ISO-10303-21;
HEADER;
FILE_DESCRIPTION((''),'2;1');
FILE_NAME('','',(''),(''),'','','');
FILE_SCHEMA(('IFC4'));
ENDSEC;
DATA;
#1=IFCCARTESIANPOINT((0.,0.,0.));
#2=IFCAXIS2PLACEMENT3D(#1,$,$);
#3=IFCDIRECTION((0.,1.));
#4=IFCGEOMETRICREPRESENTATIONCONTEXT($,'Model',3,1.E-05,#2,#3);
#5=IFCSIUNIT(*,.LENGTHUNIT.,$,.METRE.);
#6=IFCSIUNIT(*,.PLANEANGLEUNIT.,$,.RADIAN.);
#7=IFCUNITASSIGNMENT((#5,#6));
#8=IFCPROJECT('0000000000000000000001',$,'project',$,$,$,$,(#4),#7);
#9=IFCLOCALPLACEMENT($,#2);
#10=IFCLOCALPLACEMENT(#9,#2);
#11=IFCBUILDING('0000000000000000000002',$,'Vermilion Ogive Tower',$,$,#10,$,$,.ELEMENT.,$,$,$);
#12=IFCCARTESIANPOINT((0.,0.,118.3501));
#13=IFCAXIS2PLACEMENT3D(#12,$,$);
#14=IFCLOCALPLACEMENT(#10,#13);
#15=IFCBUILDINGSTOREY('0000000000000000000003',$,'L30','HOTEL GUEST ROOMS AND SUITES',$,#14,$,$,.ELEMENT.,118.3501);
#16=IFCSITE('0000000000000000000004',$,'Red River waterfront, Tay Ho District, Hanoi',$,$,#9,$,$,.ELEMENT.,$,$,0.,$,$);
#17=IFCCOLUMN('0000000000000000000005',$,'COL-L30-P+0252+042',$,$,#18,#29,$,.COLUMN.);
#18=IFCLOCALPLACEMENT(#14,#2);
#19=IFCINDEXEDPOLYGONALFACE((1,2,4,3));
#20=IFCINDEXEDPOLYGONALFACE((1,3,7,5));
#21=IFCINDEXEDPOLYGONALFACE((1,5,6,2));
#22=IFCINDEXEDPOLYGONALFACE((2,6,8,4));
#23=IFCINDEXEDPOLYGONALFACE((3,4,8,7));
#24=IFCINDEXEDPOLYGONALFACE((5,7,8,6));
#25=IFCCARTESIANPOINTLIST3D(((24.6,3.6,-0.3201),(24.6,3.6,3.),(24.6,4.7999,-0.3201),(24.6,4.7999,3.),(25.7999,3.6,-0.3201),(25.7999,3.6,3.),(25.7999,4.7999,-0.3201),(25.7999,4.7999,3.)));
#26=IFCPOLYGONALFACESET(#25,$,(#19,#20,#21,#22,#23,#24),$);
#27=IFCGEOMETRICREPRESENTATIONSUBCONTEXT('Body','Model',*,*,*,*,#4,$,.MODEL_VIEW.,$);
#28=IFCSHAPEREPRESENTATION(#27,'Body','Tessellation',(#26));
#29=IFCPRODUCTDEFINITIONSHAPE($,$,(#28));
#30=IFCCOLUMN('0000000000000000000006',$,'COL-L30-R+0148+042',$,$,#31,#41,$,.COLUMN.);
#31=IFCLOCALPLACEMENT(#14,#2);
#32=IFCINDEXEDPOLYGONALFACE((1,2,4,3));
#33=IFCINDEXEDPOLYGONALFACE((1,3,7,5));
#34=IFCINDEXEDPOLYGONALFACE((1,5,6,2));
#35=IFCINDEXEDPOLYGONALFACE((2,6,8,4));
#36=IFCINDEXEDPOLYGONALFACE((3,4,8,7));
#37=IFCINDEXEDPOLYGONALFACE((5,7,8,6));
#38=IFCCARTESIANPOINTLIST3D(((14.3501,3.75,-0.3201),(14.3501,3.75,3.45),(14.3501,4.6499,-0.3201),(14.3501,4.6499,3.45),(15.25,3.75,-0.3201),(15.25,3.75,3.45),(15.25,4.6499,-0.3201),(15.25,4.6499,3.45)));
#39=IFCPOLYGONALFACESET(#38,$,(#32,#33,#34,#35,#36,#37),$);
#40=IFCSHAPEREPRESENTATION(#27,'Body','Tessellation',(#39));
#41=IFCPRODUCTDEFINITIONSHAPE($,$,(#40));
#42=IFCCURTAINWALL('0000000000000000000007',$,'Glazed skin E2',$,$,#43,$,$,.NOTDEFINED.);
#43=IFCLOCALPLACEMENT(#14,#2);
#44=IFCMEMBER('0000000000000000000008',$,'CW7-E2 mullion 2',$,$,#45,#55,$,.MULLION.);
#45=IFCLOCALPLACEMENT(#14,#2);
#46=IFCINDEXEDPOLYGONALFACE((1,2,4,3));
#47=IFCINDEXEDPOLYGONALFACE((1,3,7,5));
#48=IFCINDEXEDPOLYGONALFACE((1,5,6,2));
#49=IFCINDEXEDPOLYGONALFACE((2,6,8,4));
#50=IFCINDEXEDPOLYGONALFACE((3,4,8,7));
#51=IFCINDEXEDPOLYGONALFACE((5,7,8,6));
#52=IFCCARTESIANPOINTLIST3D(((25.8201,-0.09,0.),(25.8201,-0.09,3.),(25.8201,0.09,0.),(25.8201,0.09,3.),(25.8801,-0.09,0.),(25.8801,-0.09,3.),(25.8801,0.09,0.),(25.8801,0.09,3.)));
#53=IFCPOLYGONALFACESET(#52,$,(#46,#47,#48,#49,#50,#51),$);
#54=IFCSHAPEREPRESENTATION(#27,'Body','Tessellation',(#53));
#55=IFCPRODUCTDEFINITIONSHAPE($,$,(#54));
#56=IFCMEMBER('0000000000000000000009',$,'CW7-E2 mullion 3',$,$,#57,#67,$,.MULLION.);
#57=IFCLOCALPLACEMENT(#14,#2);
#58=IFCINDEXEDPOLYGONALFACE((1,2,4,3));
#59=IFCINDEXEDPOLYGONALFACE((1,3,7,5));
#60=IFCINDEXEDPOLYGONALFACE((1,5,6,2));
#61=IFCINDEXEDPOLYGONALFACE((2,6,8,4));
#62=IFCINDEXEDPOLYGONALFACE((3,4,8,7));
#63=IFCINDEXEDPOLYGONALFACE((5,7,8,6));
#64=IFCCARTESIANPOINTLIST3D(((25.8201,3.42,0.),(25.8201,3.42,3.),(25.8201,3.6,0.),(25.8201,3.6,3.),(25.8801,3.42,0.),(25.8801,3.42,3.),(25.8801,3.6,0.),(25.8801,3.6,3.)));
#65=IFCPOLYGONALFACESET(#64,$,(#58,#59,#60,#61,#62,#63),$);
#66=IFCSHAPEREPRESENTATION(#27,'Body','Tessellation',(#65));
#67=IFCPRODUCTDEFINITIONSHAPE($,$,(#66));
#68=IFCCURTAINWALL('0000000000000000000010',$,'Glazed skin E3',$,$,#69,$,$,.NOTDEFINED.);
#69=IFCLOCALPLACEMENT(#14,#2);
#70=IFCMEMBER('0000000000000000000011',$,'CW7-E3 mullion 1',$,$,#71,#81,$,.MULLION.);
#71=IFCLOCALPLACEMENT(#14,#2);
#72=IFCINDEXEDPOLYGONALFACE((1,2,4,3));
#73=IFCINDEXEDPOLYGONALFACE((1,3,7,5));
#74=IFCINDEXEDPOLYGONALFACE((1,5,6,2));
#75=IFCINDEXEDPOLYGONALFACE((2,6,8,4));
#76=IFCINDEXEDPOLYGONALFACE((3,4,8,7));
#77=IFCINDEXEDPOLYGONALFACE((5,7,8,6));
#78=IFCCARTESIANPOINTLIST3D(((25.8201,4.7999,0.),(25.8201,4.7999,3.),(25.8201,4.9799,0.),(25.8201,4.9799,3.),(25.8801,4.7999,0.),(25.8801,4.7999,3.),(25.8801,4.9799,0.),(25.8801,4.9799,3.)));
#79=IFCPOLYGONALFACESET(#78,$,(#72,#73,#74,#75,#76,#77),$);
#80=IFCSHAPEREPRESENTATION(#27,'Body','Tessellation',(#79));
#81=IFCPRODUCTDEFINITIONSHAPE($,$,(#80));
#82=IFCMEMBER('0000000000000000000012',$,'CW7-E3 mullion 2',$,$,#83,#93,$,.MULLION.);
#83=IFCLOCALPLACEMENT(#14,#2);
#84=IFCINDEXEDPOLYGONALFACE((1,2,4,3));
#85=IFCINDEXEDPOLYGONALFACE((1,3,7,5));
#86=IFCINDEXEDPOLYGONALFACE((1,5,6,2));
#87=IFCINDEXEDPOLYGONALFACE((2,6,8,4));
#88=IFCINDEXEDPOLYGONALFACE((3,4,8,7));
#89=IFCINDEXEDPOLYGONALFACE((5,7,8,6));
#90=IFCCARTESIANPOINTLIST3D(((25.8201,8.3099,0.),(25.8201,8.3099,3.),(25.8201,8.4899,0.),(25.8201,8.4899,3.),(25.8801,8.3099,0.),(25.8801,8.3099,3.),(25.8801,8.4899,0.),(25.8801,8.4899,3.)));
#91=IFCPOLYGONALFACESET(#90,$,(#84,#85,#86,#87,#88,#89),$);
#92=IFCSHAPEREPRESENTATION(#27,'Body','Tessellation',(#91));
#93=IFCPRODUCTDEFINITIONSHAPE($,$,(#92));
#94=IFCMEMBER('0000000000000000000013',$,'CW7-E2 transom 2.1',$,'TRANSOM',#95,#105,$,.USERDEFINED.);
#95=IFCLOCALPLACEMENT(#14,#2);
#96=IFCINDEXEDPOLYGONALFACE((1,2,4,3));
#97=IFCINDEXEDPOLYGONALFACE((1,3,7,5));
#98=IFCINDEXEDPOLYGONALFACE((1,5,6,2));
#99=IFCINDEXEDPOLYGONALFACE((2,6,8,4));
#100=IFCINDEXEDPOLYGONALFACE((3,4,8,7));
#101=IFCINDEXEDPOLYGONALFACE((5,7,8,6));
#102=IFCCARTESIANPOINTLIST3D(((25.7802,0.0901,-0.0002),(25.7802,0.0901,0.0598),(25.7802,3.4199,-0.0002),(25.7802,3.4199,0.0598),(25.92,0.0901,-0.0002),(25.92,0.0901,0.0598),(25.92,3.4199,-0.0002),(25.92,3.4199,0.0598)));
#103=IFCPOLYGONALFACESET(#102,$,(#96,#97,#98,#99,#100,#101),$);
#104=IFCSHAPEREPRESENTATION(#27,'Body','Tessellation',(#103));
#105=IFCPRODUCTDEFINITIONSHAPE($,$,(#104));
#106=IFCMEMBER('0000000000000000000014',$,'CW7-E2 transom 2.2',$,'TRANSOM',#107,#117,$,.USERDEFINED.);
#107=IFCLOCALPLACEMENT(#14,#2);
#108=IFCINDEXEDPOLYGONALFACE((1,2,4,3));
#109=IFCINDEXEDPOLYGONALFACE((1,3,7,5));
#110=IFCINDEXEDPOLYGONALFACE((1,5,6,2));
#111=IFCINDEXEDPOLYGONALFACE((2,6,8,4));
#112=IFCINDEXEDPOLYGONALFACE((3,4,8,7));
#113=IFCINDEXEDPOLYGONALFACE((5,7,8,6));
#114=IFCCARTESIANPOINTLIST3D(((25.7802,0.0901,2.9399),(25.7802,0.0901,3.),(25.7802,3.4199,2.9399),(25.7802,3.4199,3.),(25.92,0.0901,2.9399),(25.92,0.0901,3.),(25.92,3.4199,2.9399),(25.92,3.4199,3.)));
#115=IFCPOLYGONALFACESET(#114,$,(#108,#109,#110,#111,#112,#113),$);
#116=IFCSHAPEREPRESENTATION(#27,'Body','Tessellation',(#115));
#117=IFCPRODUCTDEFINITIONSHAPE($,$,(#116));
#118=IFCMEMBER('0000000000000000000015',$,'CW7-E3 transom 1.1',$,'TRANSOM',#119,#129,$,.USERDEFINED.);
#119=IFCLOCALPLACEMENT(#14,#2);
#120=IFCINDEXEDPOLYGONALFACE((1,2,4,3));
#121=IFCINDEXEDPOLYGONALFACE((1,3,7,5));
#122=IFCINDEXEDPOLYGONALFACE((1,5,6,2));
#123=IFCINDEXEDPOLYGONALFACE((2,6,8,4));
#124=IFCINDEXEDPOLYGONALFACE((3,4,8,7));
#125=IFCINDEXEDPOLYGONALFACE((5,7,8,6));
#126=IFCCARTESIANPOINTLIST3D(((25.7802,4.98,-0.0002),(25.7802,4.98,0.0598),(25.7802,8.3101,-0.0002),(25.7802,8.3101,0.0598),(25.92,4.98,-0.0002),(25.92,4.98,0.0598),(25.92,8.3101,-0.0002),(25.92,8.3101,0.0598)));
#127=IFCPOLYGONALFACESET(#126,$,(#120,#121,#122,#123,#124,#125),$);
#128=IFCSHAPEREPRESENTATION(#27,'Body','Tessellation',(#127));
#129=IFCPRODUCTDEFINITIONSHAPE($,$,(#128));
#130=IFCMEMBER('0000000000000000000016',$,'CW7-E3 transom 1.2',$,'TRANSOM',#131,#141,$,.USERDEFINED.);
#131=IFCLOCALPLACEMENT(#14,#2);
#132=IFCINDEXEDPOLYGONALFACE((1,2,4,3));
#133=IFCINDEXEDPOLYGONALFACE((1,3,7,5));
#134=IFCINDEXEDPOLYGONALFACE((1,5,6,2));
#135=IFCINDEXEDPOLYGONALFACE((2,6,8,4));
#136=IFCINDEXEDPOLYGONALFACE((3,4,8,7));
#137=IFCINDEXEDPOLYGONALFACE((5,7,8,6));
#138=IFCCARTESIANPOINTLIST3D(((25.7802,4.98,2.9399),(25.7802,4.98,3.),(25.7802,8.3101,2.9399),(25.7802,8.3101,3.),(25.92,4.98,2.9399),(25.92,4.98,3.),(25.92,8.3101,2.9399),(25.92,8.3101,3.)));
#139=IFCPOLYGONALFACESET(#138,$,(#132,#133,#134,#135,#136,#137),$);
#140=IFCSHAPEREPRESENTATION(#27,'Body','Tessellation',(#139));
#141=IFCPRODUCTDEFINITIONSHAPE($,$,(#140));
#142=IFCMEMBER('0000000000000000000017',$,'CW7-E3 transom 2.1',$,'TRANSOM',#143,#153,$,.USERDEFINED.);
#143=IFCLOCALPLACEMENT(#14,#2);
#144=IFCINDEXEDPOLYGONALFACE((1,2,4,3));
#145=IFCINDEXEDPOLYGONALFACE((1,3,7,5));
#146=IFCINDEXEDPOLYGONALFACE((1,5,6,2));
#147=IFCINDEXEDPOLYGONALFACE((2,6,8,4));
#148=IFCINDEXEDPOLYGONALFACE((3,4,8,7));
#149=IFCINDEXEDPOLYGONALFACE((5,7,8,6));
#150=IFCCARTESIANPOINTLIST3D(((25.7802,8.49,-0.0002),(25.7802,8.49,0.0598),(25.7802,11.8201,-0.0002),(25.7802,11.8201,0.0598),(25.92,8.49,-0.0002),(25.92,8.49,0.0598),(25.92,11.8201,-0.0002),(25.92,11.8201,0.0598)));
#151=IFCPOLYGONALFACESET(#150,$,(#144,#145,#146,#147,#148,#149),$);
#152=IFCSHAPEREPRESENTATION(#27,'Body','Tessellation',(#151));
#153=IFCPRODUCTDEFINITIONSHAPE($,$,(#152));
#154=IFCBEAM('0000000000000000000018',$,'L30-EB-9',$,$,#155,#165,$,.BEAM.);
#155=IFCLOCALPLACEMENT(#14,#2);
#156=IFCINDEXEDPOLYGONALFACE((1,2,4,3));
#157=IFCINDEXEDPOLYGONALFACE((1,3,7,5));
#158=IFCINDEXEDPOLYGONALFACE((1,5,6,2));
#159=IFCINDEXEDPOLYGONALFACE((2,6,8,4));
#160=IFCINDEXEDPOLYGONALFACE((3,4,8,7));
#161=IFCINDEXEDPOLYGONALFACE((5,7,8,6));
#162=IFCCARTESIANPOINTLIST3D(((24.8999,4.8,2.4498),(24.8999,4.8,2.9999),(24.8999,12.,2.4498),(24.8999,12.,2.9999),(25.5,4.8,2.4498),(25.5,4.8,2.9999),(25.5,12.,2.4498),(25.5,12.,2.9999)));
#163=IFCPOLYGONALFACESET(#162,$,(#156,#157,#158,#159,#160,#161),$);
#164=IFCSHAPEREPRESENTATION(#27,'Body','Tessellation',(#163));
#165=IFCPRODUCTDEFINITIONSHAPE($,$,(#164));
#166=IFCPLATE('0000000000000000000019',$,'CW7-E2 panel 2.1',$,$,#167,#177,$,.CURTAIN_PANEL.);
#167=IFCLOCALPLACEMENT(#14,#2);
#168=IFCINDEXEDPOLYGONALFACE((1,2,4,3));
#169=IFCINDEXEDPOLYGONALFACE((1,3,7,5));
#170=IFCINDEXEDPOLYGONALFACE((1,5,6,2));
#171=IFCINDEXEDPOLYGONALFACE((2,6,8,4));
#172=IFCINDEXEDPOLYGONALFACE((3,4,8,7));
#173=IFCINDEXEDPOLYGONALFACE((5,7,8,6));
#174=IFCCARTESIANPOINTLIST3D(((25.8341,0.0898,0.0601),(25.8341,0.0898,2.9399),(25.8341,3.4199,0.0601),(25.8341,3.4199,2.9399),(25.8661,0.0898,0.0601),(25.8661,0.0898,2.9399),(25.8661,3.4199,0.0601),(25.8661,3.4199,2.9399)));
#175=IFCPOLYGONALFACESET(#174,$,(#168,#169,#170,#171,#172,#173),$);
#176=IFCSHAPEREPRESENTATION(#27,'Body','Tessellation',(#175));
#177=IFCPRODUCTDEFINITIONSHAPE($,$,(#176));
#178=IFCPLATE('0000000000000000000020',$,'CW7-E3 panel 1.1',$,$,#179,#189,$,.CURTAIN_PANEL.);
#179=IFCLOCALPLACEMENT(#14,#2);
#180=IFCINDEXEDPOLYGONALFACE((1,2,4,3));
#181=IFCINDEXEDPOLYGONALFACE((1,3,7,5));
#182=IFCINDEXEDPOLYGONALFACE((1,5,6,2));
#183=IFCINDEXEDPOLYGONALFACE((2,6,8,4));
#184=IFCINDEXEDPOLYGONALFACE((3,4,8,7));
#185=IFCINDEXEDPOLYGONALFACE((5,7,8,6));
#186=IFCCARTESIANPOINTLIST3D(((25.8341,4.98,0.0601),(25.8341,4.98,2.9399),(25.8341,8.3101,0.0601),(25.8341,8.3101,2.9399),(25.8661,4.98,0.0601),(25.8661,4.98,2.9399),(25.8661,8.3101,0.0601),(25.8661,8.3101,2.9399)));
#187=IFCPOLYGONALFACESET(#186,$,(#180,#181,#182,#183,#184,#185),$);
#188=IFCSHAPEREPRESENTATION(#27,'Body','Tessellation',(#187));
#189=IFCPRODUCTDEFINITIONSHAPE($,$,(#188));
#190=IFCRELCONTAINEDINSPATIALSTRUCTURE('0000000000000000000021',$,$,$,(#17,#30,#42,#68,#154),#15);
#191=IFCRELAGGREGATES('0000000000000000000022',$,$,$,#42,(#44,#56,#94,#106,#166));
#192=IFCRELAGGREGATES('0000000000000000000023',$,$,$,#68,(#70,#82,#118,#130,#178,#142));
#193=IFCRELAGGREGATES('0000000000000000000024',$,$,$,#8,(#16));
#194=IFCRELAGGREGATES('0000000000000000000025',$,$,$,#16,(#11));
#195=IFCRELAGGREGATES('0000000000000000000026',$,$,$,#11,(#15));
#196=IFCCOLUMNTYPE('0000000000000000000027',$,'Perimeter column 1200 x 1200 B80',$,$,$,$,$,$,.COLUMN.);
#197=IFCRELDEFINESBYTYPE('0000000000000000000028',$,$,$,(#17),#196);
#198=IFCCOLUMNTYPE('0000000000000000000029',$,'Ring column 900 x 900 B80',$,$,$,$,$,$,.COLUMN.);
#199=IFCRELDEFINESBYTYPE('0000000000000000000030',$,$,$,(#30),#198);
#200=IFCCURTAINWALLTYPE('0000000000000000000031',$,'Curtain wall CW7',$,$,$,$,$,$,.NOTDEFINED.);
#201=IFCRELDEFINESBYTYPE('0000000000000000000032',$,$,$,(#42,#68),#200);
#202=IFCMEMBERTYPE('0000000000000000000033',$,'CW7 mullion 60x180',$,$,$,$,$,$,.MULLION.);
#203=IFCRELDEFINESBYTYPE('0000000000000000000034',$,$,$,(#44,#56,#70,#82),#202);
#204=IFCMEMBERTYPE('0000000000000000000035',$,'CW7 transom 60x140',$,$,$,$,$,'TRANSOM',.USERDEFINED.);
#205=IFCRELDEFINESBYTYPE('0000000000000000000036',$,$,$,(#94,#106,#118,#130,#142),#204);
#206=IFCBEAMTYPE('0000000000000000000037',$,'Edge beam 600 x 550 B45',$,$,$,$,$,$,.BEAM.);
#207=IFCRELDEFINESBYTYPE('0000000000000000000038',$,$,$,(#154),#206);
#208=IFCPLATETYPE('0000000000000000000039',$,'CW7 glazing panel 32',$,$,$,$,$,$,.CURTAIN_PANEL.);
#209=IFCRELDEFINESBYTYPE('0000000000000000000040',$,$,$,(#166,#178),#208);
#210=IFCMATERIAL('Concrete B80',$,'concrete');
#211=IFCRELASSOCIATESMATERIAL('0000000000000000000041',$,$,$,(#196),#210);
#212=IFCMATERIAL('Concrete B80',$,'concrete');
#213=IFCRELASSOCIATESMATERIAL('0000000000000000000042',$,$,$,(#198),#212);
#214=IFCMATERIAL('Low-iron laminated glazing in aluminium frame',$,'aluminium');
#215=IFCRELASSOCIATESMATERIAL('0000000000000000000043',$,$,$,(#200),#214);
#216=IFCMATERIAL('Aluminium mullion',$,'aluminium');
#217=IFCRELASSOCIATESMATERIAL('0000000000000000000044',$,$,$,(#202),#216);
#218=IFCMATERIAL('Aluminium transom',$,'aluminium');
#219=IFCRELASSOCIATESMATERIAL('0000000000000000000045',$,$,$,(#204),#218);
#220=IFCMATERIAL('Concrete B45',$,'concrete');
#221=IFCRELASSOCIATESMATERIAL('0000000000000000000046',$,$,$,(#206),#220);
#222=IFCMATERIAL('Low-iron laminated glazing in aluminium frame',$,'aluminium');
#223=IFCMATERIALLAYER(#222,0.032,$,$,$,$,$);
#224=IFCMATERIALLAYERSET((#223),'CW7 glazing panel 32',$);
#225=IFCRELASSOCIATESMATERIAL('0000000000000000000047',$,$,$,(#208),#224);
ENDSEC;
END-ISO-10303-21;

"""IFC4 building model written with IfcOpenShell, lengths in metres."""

from ifc_helpers import new_model, si_unit, direction, frame, origin, origin_2d, place, context, subcontext, project, spatial, rectangle, extrude, material, layer, layer_set, material_profile, profile_set, type_object, element, aggregate, save


model = new_model("IFC4")

# Units and contexts
model_context = context("Model", 3, precision=1e-05, world=origin(), true_north=direction((0.0, 1.0)))
body_context = subcontext(model_context, "Body", "Model", "MODEL_VIEW")
ifc_project = project(units=[si_unit("LENGTHUNIT", "METRE"), si_unit("PLANEANGLEUNIT", "RADIAN")], contexts=[model_context])

# Site, building, storey
site_placement = place(None, origin())
site = spatial("IfcSite", under=ifc_project, at=site_placement, Name="Red River waterfront, Tay Ho District, Hanoi", CompositionType="ELEMENT", RefElevation=0.0)
building_placement = place(site_placement, origin())
building = spatial("IfcBuilding", under=site, at=building_placement, Name="Vermilion Ogive Tower", CompositionType="ELEMENT")
storey_placement = place(building_placement, frame((0.0, 0.0, 118.3501)))
storey = spatial("IfcBuildingStorey", under=building, at=storey_placement, Name="L30", Description="HOTEL GUEST ROOMS AND SUITES", CompositionType="ELEMENT", Elevation=118.3501)

# Columns
ifc_material_1 = material(Name="Concrete B80", Category="concrete")
ifc_material_profile_1 = material_profile(ifc_material_1, rectangle(XDim=1.2, YDim=1.2, at=origin_2d()), Name="1200 x 1200")
ifc_profile_set_1 = profile_set([ifc_material_profile_1], Name="Concrete B80")
column_type_1 = type_object("IfcColumnType", Name="Perimeter column 1200 x 1200 B80", PredefinedType="COLUMN", material=ifc_profile_set_1)
column_1_placement = place(storey_placement, frame((25.2, 4.2, -0.3201), z_axis=(0.0, 0.0, 1.0), x_axis=(1.0, 0.0, 0.0)))
element("IfcColumn", 1, at=column_1_placement, inside=storey, type_object=column_type_1, Name="COL-L30-P+0252+042", PredefinedType="COLUMN", context=body_context, shape_type="SweptSolid", body=[
    extrude(rectangle(XDim=1.2, YDim=1.2, at=origin_2d()), origin(), (0.0, 0.0, 1.0), 3.3201),
])
ifc_material_2 = material(Name="Concrete B80", Category="concrete")
ifc_material_profile_2 = material_profile(ifc_material_2, rectangle(XDim=0.8999, YDim=0.8999, at=origin_2d()), Name="900 x 900")
ifc_profile_set_2 = profile_set([ifc_material_profile_2], Name="Concrete B80")
column_type_2 = type_object("IfcColumnType", Name="Ring column 900 x 900 B80", PredefinedType="COLUMN", material=ifc_profile_set_2)
column_2_placement = place(storey_placement, frame((14.8, 4.2, -0.3201), z_axis=(0.0, 0.0, 1.0), x_axis=(1.0, 0.0, 0.0)))
element("IfcColumn", 2, at=column_2_placement, inside=storey, type_object=column_type_2, Name="COL-L30-R+0148+042", PredefinedType="COLUMN", context=body_context, shape_type="SweptSolid", body=[
    extrude(rectangle(XDim=0.8999, YDim=0.8999, at=origin_2d()), origin(), (0.0, 0.0, 1.0), 3.77),
])

# Curtain walls, members
ifc_material_3 = material(Name="Low-iron laminated glazing in aluminium frame", Category="aluminium")
curtain_wall_type = type_object("IfcCurtainWallType", Name="Curtain wall CW7", PredefinedType="NOTDEFINED", material=ifc_material_3)
curtain_wall_1_placement = place(storey_placement, origin())
curtain_wall_1 = element("IfcCurtainWall", 3, at=curtain_wall_1_placement, inside=storey, type_object=curtain_wall_type, Name="Glazed skin E2", PredefinedType="NOTDEFINED")
ifc_material_4 = material(Name="Aluminium mullion", Category="aluminium")
ifc_material_profile_3 = material_profile(ifc_material_4, rectangle(XDim=0.0601, YDim=0.1799, at=origin_2d()), Name="AL 60x180")
ifc_profile_set_3 = profile_set([ifc_material_profile_3], Name="Aluminium mullion")
member_type_1 = type_object("IfcMemberType", Name="CW7 mullion 60x180", PredefinedType="MULLION", material=ifc_profile_set_3)
member_1_placement = place(storey_placement, frame((25.8501, 0.0, 0.0), z_axis=(0.0, 0.0, 1.0), x_axis=(-1.0, 0.0, 0.0)))
member_1 = element("IfcMember", 4, at=member_1_placement, type_object=member_type_1, Name="CW7-E2 mullion 2", PredefinedType="MULLION", context=body_context, shape_type="SweptSolid", body=[
    extrude(rectangle(XDim=0.0601, YDim=0.1799, at=origin_2d()), origin(), (0.0, 0.0, 1.0), 3.0),
])
member_2_placement = place(storey_placement, frame((25.8501, 3.51, 0.0), z_axis=(0.0, 0.0, 1.0), x_axis=(-1.0, 0.0, 0.0)))
member_2 = element("IfcMember", 5, at=member_2_placement, type_object=member_type_1, Name="CW7-E2 mullion 3", PredefinedType="MULLION", context=body_context, shape_type="SweptSolid", body=[
    extrude(rectangle(XDim=0.0601, YDim=0.1799, at=origin_2d()), origin(), (0.0, 0.0, 1.0), 3.0),
])
curtain_wall_2_placement = place(storey_placement, origin())
curtain_wall_2 = element("IfcCurtainWall", 6, at=curtain_wall_2_placement, inside=storey, type_object=curtain_wall_type, Name="Glazed skin E3", PredefinedType="NOTDEFINED")
member_3_placement = place(storey_placement, frame((25.8501, 4.8899, 0.0), z_axis=(0.0, 0.0, 1.0), x_axis=(-1.0, 0.0, 0.0)))
member_3 = element("IfcMember", 7, at=member_3_placement, type_object=member_type_1, Name="CW7-E3 mullion 1", PredefinedType="MULLION", context=body_context, shape_type="SweptSolid", body=[
    extrude(rectangle(XDim=0.0601, YDim=0.1799, at=origin_2d()), origin(), (0.0, 0.0, 1.0), 3.0),
])
member_4_placement = place(storey_placement, frame((25.8501, 8.3999, 0.0), z_axis=(0.0, 0.0, 1.0), x_axis=(-1.0, 0.0, 0.0)))
member_4 = element("IfcMember", 8, at=member_4_placement, type_object=member_type_1, Name="CW7-E3 mullion 2", PredefinedType="MULLION", context=body_context, shape_type="SweptSolid", body=[
    extrude(rectangle(XDim=0.0601, YDim=0.1799, at=origin_2d()), origin(), (0.0, 0.0, 1.0), 3.0),
])

# Members
ifc_material_5 = material(Name="Aluminium transom", Category="aluminium")
ifc_material_profile_4 = material_profile(ifc_material_5, rectangle(XDim=0.1399, YDim=0.0601, at=origin_2d()), Name="AL 60x140")
ifc_profile_set_4 = profile_set([ifc_material_profile_4], Name="Aluminium transom")
member_type_2 = type_object("IfcMemberType", Name="CW7 transom 60x140", ElementType="TRANSOM", PredefinedType="USERDEFINED", material=ifc_profile_set_4)
member_5_placement = place(storey_placement, frame((25.8501, 0.0901, 0.0298), z_axis=(0.0, 1.0, 0.0), x_axis=(-1.0, 0.0, 0.0)))
member_5 = element("IfcMember", 9, at=member_5_placement, type_object=member_type_2, Name="CW7-E2 transom 2.1", ObjectType="TRANSOM", PredefinedType="USERDEFINED", context=body_context, shape_type="SweptSolid", body=[
    extrude(rectangle(XDim=0.1399, YDim=0.0601, at=origin_2d()), origin(), (0.0, 0.0, 1.0), 3.3298),
])
member_6_placement = place(storey_placement, frame((25.8501, 0.0901, 2.97), z_axis=(0.0, 1.0, 0.0), x_axis=(-1.0, 0.0, 0.0)))
member_6 = element("IfcMember", 10, at=member_6_placement, type_object=member_type_2, Name="CW7-E2 transom 2.2", ObjectType="TRANSOM", PredefinedType="USERDEFINED", context=body_context, shape_type="SweptSolid", body=[
    extrude(rectangle(XDim=0.1399, YDim=0.0601, at=origin_2d()), origin(), (0.0, 0.0, 1.0), 3.3298),
])
member_7_placement = place(storey_placement, frame((25.8501, 4.98, 0.0298), z_axis=(0.0, 1.0, 0.0), x_axis=(-1.0, 0.0, 0.0)))
member_7 = element("IfcMember", 11, at=member_7_placement, type_object=member_type_2, Name="CW7-E3 transom 1.1", ObjectType="TRANSOM", PredefinedType="USERDEFINED", context=body_context, shape_type="SweptSolid", body=[
    extrude(rectangle(XDim=0.1399, YDim=0.0601, at=origin_2d()), origin(), (0.0, 0.0, 1.0), 3.3301),
])
member_8_placement = place(storey_placement, frame((25.8501, 4.98, 2.97), z_axis=(0.0, 1.0, 0.0), x_axis=(-1.0, 0.0, 0.0)))
member_8 = element("IfcMember", 12, at=member_8_placement, type_object=member_type_2, Name="CW7-E3 transom 1.2", ObjectType="TRANSOM", PredefinedType="USERDEFINED", context=body_context, shape_type="SweptSolid", body=[
    extrude(rectangle(XDim=0.1399, YDim=0.0601, at=origin_2d()), origin(), (0.0, 0.0, 1.0), 3.3301),
])
member_9_placement = place(storey_placement, frame((25.8501, 8.49, 0.0298), z_axis=(0.0, 1.0, 0.0), x_axis=(-1.0, 0.0, 0.0)))
member_9 = element("IfcMember", 13, at=member_9_placement, type_object=member_type_2, Name="CW7-E3 transom 2.1", ObjectType="TRANSOM", PredefinedType="USERDEFINED", context=body_context, shape_type="SweptSolid", body=[
    extrude(rectangle(XDim=0.1399, YDim=0.0601, at=origin_2d()), origin(), (0.0, 0.0, 1.0), 3.3301),
])

# Beam
ifc_material_6 = material(Name="Concrete B45", Category="concrete")
ifc_material_profile_5 = material_profile(ifc_material_6, rectangle(XDim=0.6001, YDim=0.55, at=origin_2d()), Name="600 x 550")
ifc_profile_set_5 = profile_set([ifc_material_profile_5], Name="Concrete B45")
beam_type = type_object("IfcBeamType", Name="Edge beam 600 x 550 B45", PredefinedType="BEAM", material=ifc_profile_set_5)
beam_placement = place(storey_placement, frame((25.2, 4.8, 2.7249), z_axis=(0.0, 1.0, 0.0), x_axis=(-1.0, 0.0, 0.0)))
element("IfcBeam", 14, at=beam_placement, inside=storey, type_object=beam_type, Name="L30-EB-9", PredefinedType="BEAM", context=body_context, shape_type="SweptSolid", body=[
    extrude(rectangle(XDim=0.6001, YDim=0.55, at=origin_2d()), origin(), (0.0, 0.0, 1.0), 7.2),
])

# Plates
ifc_material_7 = material(Name="Low-iron laminated glazing in aluminium frame", Category="aluminium")
ifc_layer_1 = layer(ifc_material_7, 0.032)
ifc_layer_set_1 = layer_set([ifc_layer_1], Name="CW7 glazing panel 32")
plate_type = type_object("IfcPlateType", Name="CW7 glazing panel 32", PredefinedType="CURTAIN_PANEL", material=ifc_layer_set_1)
plate_1_placement = place(storey_placement, frame((25.8501, 1.7549, 0.0601), z_axis=(0.0, 0.0, 1.0), x_axis=(0.0, 1.0, 0.0)))
plate_1 = element("IfcPlate", 15, at=plate_1_placement, type_object=plate_type, Name="CW7-E2 panel 2.1", PredefinedType="CURTAIN_PANEL", context=body_context, shape_type="SweptSolid", body=[
    extrude(rectangle(XDim=3.3301, YDim=0.032, at=origin_2d()), origin(), (0.0, 0.0, 1.0), 2.8799),
])
aggregate(curtain_wall_1, [member_1, member_2, member_5, member_6, plate_1])
plate_2_placement = place(storey_placement, frame((25.8501, 6.645, 0.0601), z_axis=(0.0, 0.0, 1.0), x_axis=(0.0, 1.0, 0.0)))
plate_2 = element("IfcPlate", 16, at=plate_2_placement, type_object=plate_type, Name="CW7-E3 panel 1.1", PredefinedType="CURTAIN_PANEL", context=body_context, shape_type="SweptSolid", body=[
    extrude(rectangle(XDim=3.3301, YDim=0.032, at=origin_2d()), origin(), (0.0, 0.0, 1.0), 2.8799),
])
aggregate(curtain_wall_2, [member_3, member_4, member_7, member_8, plate_2, member_9])

save(model, "model.ifc")
